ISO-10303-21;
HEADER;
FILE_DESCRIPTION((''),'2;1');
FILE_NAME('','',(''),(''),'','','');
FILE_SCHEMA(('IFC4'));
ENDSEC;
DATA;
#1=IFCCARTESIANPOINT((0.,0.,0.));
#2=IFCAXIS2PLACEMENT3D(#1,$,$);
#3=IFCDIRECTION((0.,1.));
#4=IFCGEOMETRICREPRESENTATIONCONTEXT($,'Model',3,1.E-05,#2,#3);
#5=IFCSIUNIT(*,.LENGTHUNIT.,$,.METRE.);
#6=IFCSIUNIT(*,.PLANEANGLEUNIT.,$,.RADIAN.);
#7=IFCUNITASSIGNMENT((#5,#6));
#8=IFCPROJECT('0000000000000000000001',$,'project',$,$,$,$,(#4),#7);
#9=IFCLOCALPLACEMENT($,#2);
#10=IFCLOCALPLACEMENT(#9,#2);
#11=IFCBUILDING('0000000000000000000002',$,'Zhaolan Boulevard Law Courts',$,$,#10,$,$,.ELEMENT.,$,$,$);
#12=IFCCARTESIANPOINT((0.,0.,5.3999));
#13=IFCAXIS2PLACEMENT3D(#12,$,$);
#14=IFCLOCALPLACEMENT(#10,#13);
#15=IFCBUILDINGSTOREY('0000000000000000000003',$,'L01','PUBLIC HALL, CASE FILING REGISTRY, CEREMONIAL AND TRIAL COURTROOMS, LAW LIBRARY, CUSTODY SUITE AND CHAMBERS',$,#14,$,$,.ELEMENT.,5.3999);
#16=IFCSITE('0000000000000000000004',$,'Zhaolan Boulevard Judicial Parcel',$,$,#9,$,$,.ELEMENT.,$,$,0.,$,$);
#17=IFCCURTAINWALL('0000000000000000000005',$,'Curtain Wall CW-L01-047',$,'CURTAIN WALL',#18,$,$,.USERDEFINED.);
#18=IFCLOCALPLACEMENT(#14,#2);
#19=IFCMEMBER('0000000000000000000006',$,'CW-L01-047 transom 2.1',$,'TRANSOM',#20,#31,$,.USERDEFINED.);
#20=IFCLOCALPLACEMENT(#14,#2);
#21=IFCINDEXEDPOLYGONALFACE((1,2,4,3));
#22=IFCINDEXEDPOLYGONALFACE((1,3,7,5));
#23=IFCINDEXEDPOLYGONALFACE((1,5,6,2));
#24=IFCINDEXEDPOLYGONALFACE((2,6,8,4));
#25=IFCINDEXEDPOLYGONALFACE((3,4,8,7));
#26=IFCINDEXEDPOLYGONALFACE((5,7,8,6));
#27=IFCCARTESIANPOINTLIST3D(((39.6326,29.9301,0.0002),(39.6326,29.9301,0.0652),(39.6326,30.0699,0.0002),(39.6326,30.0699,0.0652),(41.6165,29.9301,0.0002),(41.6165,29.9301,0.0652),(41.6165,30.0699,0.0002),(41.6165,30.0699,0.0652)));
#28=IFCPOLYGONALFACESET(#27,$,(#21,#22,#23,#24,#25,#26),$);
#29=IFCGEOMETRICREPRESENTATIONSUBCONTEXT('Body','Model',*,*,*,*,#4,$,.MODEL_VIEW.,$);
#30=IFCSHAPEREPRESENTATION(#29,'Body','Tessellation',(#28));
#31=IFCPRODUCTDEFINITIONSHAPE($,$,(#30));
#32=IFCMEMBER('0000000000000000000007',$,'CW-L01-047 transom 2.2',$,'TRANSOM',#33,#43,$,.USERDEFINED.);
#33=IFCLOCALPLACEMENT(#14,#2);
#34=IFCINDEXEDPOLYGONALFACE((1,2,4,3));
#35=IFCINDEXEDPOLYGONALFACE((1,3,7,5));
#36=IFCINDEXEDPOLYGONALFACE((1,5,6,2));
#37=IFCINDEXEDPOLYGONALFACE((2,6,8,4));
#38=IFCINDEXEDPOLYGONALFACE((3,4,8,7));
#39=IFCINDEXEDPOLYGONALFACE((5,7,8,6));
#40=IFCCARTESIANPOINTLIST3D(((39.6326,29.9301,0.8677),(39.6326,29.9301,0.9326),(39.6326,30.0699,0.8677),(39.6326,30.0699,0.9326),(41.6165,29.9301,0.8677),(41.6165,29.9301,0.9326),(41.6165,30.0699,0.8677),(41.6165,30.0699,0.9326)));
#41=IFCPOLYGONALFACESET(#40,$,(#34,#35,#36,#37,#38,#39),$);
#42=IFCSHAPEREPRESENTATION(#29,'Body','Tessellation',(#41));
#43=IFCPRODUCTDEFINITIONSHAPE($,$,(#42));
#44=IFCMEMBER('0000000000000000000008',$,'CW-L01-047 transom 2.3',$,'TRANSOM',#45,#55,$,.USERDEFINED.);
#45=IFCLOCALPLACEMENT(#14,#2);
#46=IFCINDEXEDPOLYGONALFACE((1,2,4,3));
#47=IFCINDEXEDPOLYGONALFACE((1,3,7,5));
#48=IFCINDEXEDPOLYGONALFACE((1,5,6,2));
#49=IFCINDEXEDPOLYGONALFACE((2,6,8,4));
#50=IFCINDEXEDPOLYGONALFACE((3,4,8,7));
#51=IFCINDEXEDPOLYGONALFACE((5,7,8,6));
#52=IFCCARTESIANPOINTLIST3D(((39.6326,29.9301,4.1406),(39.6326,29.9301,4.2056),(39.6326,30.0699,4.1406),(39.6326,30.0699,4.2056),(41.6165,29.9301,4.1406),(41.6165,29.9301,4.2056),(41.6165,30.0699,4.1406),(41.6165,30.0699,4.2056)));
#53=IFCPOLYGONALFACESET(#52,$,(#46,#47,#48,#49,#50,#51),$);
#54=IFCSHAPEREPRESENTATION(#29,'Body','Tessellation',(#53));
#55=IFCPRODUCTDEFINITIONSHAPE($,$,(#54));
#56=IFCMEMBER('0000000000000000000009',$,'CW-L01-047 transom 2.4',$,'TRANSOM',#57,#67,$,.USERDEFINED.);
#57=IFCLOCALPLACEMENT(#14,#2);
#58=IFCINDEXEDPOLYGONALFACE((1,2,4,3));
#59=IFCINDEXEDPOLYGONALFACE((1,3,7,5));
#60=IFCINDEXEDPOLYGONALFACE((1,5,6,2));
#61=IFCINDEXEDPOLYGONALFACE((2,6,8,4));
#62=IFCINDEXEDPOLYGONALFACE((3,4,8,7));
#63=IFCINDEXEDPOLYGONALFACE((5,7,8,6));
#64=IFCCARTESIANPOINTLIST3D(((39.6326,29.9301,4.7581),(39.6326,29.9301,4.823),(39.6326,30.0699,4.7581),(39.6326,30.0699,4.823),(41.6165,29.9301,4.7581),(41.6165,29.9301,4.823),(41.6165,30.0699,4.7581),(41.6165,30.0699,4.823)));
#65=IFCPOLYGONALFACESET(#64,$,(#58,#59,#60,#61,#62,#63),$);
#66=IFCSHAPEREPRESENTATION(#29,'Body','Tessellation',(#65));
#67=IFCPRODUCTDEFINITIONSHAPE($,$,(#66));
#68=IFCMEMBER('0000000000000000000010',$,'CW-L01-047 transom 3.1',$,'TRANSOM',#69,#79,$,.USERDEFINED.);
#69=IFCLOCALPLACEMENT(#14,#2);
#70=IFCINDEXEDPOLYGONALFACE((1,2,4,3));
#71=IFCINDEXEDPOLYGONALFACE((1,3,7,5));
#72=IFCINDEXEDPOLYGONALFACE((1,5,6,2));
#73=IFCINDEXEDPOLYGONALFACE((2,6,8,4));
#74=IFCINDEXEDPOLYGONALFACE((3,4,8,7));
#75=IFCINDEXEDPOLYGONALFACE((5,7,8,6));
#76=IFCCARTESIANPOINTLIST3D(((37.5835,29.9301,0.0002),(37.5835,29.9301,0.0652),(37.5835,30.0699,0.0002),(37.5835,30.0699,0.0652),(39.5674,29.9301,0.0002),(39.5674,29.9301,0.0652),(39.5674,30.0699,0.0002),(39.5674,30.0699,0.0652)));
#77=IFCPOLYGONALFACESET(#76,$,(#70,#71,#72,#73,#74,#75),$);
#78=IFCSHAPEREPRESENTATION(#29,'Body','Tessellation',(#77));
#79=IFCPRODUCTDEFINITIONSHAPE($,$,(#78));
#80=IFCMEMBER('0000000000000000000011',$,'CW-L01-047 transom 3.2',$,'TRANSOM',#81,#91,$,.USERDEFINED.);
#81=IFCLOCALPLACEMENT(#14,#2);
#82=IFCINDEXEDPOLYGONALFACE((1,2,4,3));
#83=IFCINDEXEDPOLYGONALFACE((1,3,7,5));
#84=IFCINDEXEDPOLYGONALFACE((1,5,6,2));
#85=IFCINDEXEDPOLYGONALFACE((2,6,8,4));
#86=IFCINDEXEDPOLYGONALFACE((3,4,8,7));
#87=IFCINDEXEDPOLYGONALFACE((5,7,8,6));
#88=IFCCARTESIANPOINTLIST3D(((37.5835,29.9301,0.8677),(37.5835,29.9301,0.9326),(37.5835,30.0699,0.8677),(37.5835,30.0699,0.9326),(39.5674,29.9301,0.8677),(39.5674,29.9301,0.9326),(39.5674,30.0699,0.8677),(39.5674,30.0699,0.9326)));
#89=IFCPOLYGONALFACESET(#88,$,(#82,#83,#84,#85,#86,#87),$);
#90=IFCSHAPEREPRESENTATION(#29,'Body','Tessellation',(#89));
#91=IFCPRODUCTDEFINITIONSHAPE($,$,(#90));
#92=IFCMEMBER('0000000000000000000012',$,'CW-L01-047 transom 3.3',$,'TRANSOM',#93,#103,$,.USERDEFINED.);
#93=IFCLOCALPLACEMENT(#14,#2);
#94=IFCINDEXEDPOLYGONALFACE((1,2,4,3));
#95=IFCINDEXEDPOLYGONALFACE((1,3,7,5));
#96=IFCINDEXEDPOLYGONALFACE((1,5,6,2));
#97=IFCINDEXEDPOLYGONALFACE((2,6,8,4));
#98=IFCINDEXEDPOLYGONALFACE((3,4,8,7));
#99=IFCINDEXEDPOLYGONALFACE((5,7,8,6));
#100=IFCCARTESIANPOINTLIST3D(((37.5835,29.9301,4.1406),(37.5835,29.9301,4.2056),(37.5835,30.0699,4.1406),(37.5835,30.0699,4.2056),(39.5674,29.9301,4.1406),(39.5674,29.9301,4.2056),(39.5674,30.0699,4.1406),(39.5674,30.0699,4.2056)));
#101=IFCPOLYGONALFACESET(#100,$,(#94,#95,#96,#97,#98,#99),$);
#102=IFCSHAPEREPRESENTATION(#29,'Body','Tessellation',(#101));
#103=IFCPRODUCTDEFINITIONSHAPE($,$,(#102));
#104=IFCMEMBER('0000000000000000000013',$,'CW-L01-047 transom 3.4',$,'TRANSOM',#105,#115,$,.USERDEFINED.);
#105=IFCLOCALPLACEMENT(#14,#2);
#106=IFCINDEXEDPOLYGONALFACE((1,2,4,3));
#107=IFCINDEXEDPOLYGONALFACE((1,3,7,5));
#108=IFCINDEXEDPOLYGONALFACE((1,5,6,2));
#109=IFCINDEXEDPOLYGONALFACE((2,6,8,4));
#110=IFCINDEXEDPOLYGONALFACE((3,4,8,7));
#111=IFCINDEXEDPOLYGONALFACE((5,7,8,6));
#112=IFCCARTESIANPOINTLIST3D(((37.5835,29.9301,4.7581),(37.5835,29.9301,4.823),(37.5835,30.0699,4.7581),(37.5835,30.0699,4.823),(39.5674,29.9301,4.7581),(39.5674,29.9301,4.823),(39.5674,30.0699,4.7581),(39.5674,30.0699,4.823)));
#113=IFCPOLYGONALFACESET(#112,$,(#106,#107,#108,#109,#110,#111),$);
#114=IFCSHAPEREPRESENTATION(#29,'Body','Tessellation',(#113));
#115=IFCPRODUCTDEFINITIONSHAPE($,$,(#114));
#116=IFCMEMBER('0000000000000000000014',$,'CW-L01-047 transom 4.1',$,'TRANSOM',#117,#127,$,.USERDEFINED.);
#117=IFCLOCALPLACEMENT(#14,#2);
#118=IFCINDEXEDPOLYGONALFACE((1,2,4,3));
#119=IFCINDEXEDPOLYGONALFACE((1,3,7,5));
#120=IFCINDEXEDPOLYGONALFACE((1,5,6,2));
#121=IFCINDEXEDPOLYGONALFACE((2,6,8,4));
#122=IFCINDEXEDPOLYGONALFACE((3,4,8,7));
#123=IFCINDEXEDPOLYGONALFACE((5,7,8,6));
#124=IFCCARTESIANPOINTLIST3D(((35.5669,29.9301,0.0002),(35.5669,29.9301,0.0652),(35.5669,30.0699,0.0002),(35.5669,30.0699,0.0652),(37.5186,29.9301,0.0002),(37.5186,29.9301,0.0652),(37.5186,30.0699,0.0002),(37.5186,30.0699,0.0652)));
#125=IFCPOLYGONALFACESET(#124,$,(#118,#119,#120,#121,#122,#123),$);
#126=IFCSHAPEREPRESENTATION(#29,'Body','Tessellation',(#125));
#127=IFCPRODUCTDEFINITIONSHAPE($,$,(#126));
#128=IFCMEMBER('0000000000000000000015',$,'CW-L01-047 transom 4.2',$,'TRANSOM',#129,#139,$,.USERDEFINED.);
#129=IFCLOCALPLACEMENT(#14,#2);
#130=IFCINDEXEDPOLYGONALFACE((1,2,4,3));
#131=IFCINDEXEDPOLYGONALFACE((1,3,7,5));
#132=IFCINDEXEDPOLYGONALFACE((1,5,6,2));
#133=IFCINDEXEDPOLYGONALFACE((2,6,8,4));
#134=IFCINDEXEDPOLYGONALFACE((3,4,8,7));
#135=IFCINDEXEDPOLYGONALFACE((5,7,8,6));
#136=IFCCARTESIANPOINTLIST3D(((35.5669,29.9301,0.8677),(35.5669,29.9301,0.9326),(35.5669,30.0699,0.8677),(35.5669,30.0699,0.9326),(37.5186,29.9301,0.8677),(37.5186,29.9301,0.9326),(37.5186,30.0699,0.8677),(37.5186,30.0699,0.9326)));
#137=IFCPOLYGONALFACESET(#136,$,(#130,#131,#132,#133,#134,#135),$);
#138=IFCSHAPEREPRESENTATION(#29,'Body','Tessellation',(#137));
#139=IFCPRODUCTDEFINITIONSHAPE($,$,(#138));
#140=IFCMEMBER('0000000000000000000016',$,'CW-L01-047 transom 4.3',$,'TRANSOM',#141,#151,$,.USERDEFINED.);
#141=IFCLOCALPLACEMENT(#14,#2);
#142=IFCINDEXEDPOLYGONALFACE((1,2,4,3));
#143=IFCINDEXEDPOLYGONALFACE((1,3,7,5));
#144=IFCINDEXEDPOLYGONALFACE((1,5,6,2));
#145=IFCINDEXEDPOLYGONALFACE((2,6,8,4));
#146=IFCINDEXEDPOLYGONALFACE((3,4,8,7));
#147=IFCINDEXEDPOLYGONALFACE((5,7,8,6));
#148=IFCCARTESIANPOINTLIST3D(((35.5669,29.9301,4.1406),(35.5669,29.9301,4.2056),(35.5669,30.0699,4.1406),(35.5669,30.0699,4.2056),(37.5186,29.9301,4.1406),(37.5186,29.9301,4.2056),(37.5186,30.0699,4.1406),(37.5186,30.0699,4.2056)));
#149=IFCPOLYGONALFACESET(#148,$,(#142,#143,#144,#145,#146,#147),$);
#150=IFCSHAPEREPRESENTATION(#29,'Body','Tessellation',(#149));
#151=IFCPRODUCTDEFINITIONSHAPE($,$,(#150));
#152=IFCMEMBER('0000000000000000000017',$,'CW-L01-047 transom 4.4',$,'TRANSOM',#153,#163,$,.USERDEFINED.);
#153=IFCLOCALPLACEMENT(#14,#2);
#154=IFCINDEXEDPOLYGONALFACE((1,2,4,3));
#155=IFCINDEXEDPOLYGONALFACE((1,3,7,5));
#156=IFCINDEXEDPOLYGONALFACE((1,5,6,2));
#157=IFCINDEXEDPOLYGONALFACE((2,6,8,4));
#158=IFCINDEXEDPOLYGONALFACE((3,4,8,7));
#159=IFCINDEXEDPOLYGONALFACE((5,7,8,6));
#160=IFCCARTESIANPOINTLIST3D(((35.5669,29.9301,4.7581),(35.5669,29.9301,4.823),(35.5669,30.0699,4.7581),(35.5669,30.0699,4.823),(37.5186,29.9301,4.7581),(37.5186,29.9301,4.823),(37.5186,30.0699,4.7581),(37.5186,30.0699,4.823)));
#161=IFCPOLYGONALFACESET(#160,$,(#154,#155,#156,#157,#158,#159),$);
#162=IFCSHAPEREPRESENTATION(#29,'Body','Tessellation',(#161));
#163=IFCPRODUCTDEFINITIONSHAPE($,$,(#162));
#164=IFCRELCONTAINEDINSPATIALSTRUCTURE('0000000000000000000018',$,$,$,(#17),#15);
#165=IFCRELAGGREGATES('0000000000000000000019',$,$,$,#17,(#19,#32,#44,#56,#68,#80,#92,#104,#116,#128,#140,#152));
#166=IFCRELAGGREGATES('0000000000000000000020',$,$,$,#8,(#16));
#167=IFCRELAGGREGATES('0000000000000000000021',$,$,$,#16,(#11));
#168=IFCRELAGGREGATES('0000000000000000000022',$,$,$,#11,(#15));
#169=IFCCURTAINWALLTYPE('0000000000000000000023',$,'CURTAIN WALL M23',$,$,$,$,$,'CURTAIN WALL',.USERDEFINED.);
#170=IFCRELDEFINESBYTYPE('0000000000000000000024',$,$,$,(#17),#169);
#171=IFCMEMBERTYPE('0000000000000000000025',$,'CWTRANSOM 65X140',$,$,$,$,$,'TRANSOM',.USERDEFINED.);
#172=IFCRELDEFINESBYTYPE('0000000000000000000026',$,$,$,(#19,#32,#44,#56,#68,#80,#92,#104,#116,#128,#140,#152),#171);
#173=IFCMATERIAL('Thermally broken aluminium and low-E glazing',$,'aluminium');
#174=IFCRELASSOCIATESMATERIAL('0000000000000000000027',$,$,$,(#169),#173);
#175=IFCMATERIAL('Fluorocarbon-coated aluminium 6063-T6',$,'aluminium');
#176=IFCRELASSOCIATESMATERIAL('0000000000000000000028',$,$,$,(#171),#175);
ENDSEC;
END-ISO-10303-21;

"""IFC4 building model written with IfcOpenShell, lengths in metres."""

from ifc_helpers import new_model, si_unit, direction, frame, origin, origin_2d, place, context, subcontext, project, spatial, rectangle, extrude, material, material_profile, profile_set, type_object, element, aggregate, save


model = new_model("IFC4")

# Units and contexts
model_context = context("Model", 3, precision=1e-05, world=origin(), true_north=direction((0.0, 1.0)))
body_context = subcontext(model_context, "Body", "Model", "MODEL_VIEW")
ifc_project = project(units=[si_unit("LENGTHUNIT", "METRE"), si_unit("PLANEANGLEUNIT", "RADIAN")], contexts=[model_context])

# Site, building, storey
site_placement = place(None, origin())
site = spatial("IfcSite", under=ifc_project, at=site_placement, Name="Zhaolan Boulevard Judicial Parcel", CompositionType="ELEMENT", RefElevation=0.0)
building_placement = place(site_placement, origin())
building = spatial("IfcBuilding", under=site, at=building_placement, Name="Zhaolan Boulevard Law Courts", CompositionType="ELEMENT")
storey_placement = place(building_placement, frame((0.0, 0.0, 5.3999)))
storey = spatial("IfcBuildingStorey", under=building, at=storey_placement, Name="L01", Description="PUBLIC HALL, CASE FILING REGISTRY, CEREMONIAL AND TRIAL COURTROOMS, LAW LIBRARY, CUSTODY SUITE AND CHAMBERS", CompositionType="ELEMENT", Elevation=5.3999)

# Curtain wall
ifc_material_1 = material(Name="Thermally broken aluminium and low-E glazing", Category="aluminium")
curtain_wall_type_1 = type_object("IfcCurtainWallType", Name="CURTAIN WALL M23", ElementType="CURTAIN WALL", PredefinedType="USERDEFINED", material=ifc_material_1)
curtain_wall_1_placement = place(storey_placement, origin())
curtain_wall_1 = element("IfcCurtainWall", 1, at=curtain_wall_1_placement, inside=storey, type_object=curtain_wall_type_1, Name="Curtain Wall CW-L01-047", ObjectType="CURTAIN WALL", PredefinedType="USERDEFINED")

# Members
ifc_material_2 = material(Name="Fluorocarbon-coated aluminium 6063-T6", Category="aluminium")
ifc_material_profile_1 = material_profile(ifc_material_2, rectangle(XDim=0.1399, YDim=0.0649, at=origin_2d()), Name="AL65x140")
ifc_profile_set_1 = profile_set([ifc_material_profile_1], Name="Fluorocarbon-coated aluminium 6063-T6")
member_type_1 = type_object("IfcMemberType", Name="CWTRANSOM 65X140", ElementType="TRANSOM", PredefinedType="USERDEFINED", material=ifc_profile_set_1)
member_1_placement = place(storey_placement, frame((41.6165, 30.0, 0.0327), z_axis=(-1.0, 0.0, 0.0), x_axis=(0.0, -1.0, 0.0)))
member_1 = element("IfcMember", 2, at=member_1_placement, type_object=member_type_1, Name="CW-L01-047 transom 2.1", ObjectType="TRANSOM", PredefinedType="USERDEFINED", context=body_context, shape_type="SweptSolid", body=[
    extrude(rectangle(XDim=0.1399, YDim=0.0649, at=origin_2d()), origin(), (0.0, 0.0, 1.0), 1.9839),
])
member_2_placement = place(storey_placement, frame((41.6165, 30.0, 0.9001), z_axis=(-1.0, 0.0, 0.0), x_axis=(0.0, -1.0, 0.0)))
member_2 = element("IfcMember", 3, at=member_2_placement, type_object=member_type_1, Name="CW-L01-047 transom 2.2", ObjectType="TRANSOM", PredefinedType="USERDEFINED", context=body_context, shape_type="SweptSolid", body=[
    extrude(rectangle(XDim=0.1399, YDim=0.0649, at=origin_2d()), origin(), (0.0, 0.0, 1.0), 1.9839),
])
member_3_placement = place(storey_placement, frame((41.6165, 30.0, 4.1731), z_axis=(-1.0, 0.0, 0.0), x_axis=(0.0, -1.0, 0.0)))
member_3 = element("IfcMember", 4, at=member_3_placement, type_object=member_type_1, Name="CW-L01-047 transom 2.3", ObjectType="TRANSOM", PredefinedType="USERDEFINED", context=body_context, shape_type="SweptSolid", body=[
    extrude(rectangle(XDim=0.1399, YDim=0.0649, at=origin_2d()), origin(), (0.0, 0.0, 1.0), 1.9839),
])
member_4_placement = place(storey_placement, frame((41.6165, 30.0, 4.7905), z_axis=(-1.0, 0.0, 0.0), x_axis=(0.0, -1.0, 0.0)))
member_4 = element("IfcMember", 5, at=member_4_placement, type_object=member_type_1, Name="CW-L01-047 transom 2.4", ObjectType="TRANSOM", PredefinedType="USERDEFINED", context=body_context, shape_type="SweptSolid", body=[
    extrude(rectangle(XDim=0.1399, YDim=0.0649, at=origin_2d()), origin(), (0.0, 0.0, 1.0), 1.9839),
])
member_5_placement = place(storey_placement, frame((39.5674, 30.0, 0.0327), z_axis=(-1.0, 0.0, 0.0), x_axis=(0.0, -1.0, 0.0)))
member_5 = element("IfcMember", 6, at=member_5_placement, type_object=member_type_1, Name="CW-L01-047 transom 3.1", ObjectType="TRANSOM", PredefinedType="USERDEFINED", context=body_context, shape_type="SweptSolid", body=[
    extrude(rectangle(XDim=0.1399, YDim=0.0649, at=origin_2d()), origin(), (0.0, 0.0, 1.0), 1.9839),
])
member_6_placement = place(storey_placement, frame((39.5674, 30.0, 0.9001), z_axis=(-1.0, 0.0, 0.0), x_axis=(0.0, -1.0, 0.0)))
member_6 = element("IfcMember", 7, at=member_6_placement, type_object=member_type_1, Name="CW-L01-047 transom 3.2", ObjectType="TRANSOM", PredefinedType="USERDEFINED", context=body_context, shape_type="SweptSolid", body=[
    extrude(rectangle(XDim=0.1399, YDim=0.0649, at=origin_2d()), origin(), (0.0, 0.0, 1.0), 1.9839),
])
member_7_placement = place(storey_placement, frame((39.5674, 30.0, 4.1731), z_axis=(-1.0, 0.0, 0.0), x_axis=(0.0, -1.0, 0.0)))
member_7 = element("IfcMember", 8, at=member_7_placement, type_object=member_type_1, Name="CW-L01-047 transom 3.3", ObjectType="TRANSOM", PredefinedType="USERDEFINED", context=body_context, shape_type="SweptSolid", body=[
    extrude(rectangle(XDim=0.1399, YDim=0.0649, at=origin_2d()), origin(), (0.0, 0.0, 1.0), 1.9839),
])
member_8_placement = place(storey_placement, frame((39.5674, 30.0, 4.7905), z_axis=(-1.0, 0.0, 0.0), x_axis=(0.0, -1.0, 0.0)))
member_8 = element("IfcMember", 9, at=member_8_placement, type_object=member_type_1, Name="CW-L01-047 transom 3.4", ObjectType="TRANSOM", PredefinedType="USERDEFINED", context=body_context, shape_type="SweptSolid", body=[
    extrude(rectangle(XDim=0.1399, YDim=0.0649, at=origin_2d()), origin(), (0.0, 0.0, 1.0), 1.9839),
])
member_9_placement = place(storey_placement, frame((37.5186, 30.0, 0.0327), z_axis=(-1.0, 0.0, 0.0), x_axis=(0.0, -1.0, 0.0)))
member_9 = element("IfcMember", 10, at=member_9_placement, type_object=member_type_1, Name="CW-L01-047 transom 4.1", ObjectType="TRANSOM", PredefinedType="USERDEFINED", context=body_context, shape_type="SweptSolid", body=[
    extrude(rectangle(XDim=0.1399, YDim=0.0649, at=origin_2d()), origin(), (0.0, 0.0, 1.0), 1.9517),
])
member_10_placement = place(storey_placement, frame((37.5186, 30.0, 0.9001), z_axis=(-1.0, 0.0, 0.0), x_axis=(0.0, -1.0, 0.0)))
member_10 = element("IfcMember", 11, at=member_10_placement, type_object=member_type_1, Name="CW-L01-047 transom 4.2", ObjectType="TRANSOM", PredefinedType="USERDEFINED", context=body_context, shape_type="SweptSolid", body=[
    extrude(rectangle(XDim=0.1399, YDim=0.0649, at=origin_2d()), origin(), (0.0, 0.0, 1.0), 1.9517),
])
member_11_placement = place(storey_placement, frame((37.5186, 30.0, 4.1731), z_axis=(-1.0, 0.0, 0.0), x_axis=(0.0, -1.0, 0.0)))
member_11 = element("IfcMember", 12, at=member_11_placement, type_object=member_type_1, Name="CW-L01-047 transom 4.3", ObjectType="TRANSOM", PredefinedType="USERDEFINED", context=body_context, shape_type="SweptSolid", body=[
    extrude(rectangle(XDim=0.1399, YDim=0.0649, at=origin_2d()), origin(), (0.0, 0.0, 1.0), 1.9517),
])
member_12_placement = place(storey_placement, frame((37.5186, 30.0, 4.7905), z_axis=(-1.0, 0.0, 0.0), x_axis=(0.0, -1.0, 0.0)))
member_12 = element("IfcMember", 13, at=member_12_placement, type_object=member_type_1, Name="CW-L01-047 transom 4.4", ObjectType="TRANSOM", PredefinedType="USERDEFINED", context=body_context, shape_type="SweptSolid", body=[
    extrude(rectangle(XDim=0.1399, YDim=0.0649, at=origin_2d()), origin(), (0.0, 0.0, 1.0), 1.9517),
])

aggregate(curtain_wall_1, [member_1, member_2, member_3, member_4, member_5, member_6, member_7, member_8, member_9, member_10, member_11, member_12])

save(model, "model.ifc")
